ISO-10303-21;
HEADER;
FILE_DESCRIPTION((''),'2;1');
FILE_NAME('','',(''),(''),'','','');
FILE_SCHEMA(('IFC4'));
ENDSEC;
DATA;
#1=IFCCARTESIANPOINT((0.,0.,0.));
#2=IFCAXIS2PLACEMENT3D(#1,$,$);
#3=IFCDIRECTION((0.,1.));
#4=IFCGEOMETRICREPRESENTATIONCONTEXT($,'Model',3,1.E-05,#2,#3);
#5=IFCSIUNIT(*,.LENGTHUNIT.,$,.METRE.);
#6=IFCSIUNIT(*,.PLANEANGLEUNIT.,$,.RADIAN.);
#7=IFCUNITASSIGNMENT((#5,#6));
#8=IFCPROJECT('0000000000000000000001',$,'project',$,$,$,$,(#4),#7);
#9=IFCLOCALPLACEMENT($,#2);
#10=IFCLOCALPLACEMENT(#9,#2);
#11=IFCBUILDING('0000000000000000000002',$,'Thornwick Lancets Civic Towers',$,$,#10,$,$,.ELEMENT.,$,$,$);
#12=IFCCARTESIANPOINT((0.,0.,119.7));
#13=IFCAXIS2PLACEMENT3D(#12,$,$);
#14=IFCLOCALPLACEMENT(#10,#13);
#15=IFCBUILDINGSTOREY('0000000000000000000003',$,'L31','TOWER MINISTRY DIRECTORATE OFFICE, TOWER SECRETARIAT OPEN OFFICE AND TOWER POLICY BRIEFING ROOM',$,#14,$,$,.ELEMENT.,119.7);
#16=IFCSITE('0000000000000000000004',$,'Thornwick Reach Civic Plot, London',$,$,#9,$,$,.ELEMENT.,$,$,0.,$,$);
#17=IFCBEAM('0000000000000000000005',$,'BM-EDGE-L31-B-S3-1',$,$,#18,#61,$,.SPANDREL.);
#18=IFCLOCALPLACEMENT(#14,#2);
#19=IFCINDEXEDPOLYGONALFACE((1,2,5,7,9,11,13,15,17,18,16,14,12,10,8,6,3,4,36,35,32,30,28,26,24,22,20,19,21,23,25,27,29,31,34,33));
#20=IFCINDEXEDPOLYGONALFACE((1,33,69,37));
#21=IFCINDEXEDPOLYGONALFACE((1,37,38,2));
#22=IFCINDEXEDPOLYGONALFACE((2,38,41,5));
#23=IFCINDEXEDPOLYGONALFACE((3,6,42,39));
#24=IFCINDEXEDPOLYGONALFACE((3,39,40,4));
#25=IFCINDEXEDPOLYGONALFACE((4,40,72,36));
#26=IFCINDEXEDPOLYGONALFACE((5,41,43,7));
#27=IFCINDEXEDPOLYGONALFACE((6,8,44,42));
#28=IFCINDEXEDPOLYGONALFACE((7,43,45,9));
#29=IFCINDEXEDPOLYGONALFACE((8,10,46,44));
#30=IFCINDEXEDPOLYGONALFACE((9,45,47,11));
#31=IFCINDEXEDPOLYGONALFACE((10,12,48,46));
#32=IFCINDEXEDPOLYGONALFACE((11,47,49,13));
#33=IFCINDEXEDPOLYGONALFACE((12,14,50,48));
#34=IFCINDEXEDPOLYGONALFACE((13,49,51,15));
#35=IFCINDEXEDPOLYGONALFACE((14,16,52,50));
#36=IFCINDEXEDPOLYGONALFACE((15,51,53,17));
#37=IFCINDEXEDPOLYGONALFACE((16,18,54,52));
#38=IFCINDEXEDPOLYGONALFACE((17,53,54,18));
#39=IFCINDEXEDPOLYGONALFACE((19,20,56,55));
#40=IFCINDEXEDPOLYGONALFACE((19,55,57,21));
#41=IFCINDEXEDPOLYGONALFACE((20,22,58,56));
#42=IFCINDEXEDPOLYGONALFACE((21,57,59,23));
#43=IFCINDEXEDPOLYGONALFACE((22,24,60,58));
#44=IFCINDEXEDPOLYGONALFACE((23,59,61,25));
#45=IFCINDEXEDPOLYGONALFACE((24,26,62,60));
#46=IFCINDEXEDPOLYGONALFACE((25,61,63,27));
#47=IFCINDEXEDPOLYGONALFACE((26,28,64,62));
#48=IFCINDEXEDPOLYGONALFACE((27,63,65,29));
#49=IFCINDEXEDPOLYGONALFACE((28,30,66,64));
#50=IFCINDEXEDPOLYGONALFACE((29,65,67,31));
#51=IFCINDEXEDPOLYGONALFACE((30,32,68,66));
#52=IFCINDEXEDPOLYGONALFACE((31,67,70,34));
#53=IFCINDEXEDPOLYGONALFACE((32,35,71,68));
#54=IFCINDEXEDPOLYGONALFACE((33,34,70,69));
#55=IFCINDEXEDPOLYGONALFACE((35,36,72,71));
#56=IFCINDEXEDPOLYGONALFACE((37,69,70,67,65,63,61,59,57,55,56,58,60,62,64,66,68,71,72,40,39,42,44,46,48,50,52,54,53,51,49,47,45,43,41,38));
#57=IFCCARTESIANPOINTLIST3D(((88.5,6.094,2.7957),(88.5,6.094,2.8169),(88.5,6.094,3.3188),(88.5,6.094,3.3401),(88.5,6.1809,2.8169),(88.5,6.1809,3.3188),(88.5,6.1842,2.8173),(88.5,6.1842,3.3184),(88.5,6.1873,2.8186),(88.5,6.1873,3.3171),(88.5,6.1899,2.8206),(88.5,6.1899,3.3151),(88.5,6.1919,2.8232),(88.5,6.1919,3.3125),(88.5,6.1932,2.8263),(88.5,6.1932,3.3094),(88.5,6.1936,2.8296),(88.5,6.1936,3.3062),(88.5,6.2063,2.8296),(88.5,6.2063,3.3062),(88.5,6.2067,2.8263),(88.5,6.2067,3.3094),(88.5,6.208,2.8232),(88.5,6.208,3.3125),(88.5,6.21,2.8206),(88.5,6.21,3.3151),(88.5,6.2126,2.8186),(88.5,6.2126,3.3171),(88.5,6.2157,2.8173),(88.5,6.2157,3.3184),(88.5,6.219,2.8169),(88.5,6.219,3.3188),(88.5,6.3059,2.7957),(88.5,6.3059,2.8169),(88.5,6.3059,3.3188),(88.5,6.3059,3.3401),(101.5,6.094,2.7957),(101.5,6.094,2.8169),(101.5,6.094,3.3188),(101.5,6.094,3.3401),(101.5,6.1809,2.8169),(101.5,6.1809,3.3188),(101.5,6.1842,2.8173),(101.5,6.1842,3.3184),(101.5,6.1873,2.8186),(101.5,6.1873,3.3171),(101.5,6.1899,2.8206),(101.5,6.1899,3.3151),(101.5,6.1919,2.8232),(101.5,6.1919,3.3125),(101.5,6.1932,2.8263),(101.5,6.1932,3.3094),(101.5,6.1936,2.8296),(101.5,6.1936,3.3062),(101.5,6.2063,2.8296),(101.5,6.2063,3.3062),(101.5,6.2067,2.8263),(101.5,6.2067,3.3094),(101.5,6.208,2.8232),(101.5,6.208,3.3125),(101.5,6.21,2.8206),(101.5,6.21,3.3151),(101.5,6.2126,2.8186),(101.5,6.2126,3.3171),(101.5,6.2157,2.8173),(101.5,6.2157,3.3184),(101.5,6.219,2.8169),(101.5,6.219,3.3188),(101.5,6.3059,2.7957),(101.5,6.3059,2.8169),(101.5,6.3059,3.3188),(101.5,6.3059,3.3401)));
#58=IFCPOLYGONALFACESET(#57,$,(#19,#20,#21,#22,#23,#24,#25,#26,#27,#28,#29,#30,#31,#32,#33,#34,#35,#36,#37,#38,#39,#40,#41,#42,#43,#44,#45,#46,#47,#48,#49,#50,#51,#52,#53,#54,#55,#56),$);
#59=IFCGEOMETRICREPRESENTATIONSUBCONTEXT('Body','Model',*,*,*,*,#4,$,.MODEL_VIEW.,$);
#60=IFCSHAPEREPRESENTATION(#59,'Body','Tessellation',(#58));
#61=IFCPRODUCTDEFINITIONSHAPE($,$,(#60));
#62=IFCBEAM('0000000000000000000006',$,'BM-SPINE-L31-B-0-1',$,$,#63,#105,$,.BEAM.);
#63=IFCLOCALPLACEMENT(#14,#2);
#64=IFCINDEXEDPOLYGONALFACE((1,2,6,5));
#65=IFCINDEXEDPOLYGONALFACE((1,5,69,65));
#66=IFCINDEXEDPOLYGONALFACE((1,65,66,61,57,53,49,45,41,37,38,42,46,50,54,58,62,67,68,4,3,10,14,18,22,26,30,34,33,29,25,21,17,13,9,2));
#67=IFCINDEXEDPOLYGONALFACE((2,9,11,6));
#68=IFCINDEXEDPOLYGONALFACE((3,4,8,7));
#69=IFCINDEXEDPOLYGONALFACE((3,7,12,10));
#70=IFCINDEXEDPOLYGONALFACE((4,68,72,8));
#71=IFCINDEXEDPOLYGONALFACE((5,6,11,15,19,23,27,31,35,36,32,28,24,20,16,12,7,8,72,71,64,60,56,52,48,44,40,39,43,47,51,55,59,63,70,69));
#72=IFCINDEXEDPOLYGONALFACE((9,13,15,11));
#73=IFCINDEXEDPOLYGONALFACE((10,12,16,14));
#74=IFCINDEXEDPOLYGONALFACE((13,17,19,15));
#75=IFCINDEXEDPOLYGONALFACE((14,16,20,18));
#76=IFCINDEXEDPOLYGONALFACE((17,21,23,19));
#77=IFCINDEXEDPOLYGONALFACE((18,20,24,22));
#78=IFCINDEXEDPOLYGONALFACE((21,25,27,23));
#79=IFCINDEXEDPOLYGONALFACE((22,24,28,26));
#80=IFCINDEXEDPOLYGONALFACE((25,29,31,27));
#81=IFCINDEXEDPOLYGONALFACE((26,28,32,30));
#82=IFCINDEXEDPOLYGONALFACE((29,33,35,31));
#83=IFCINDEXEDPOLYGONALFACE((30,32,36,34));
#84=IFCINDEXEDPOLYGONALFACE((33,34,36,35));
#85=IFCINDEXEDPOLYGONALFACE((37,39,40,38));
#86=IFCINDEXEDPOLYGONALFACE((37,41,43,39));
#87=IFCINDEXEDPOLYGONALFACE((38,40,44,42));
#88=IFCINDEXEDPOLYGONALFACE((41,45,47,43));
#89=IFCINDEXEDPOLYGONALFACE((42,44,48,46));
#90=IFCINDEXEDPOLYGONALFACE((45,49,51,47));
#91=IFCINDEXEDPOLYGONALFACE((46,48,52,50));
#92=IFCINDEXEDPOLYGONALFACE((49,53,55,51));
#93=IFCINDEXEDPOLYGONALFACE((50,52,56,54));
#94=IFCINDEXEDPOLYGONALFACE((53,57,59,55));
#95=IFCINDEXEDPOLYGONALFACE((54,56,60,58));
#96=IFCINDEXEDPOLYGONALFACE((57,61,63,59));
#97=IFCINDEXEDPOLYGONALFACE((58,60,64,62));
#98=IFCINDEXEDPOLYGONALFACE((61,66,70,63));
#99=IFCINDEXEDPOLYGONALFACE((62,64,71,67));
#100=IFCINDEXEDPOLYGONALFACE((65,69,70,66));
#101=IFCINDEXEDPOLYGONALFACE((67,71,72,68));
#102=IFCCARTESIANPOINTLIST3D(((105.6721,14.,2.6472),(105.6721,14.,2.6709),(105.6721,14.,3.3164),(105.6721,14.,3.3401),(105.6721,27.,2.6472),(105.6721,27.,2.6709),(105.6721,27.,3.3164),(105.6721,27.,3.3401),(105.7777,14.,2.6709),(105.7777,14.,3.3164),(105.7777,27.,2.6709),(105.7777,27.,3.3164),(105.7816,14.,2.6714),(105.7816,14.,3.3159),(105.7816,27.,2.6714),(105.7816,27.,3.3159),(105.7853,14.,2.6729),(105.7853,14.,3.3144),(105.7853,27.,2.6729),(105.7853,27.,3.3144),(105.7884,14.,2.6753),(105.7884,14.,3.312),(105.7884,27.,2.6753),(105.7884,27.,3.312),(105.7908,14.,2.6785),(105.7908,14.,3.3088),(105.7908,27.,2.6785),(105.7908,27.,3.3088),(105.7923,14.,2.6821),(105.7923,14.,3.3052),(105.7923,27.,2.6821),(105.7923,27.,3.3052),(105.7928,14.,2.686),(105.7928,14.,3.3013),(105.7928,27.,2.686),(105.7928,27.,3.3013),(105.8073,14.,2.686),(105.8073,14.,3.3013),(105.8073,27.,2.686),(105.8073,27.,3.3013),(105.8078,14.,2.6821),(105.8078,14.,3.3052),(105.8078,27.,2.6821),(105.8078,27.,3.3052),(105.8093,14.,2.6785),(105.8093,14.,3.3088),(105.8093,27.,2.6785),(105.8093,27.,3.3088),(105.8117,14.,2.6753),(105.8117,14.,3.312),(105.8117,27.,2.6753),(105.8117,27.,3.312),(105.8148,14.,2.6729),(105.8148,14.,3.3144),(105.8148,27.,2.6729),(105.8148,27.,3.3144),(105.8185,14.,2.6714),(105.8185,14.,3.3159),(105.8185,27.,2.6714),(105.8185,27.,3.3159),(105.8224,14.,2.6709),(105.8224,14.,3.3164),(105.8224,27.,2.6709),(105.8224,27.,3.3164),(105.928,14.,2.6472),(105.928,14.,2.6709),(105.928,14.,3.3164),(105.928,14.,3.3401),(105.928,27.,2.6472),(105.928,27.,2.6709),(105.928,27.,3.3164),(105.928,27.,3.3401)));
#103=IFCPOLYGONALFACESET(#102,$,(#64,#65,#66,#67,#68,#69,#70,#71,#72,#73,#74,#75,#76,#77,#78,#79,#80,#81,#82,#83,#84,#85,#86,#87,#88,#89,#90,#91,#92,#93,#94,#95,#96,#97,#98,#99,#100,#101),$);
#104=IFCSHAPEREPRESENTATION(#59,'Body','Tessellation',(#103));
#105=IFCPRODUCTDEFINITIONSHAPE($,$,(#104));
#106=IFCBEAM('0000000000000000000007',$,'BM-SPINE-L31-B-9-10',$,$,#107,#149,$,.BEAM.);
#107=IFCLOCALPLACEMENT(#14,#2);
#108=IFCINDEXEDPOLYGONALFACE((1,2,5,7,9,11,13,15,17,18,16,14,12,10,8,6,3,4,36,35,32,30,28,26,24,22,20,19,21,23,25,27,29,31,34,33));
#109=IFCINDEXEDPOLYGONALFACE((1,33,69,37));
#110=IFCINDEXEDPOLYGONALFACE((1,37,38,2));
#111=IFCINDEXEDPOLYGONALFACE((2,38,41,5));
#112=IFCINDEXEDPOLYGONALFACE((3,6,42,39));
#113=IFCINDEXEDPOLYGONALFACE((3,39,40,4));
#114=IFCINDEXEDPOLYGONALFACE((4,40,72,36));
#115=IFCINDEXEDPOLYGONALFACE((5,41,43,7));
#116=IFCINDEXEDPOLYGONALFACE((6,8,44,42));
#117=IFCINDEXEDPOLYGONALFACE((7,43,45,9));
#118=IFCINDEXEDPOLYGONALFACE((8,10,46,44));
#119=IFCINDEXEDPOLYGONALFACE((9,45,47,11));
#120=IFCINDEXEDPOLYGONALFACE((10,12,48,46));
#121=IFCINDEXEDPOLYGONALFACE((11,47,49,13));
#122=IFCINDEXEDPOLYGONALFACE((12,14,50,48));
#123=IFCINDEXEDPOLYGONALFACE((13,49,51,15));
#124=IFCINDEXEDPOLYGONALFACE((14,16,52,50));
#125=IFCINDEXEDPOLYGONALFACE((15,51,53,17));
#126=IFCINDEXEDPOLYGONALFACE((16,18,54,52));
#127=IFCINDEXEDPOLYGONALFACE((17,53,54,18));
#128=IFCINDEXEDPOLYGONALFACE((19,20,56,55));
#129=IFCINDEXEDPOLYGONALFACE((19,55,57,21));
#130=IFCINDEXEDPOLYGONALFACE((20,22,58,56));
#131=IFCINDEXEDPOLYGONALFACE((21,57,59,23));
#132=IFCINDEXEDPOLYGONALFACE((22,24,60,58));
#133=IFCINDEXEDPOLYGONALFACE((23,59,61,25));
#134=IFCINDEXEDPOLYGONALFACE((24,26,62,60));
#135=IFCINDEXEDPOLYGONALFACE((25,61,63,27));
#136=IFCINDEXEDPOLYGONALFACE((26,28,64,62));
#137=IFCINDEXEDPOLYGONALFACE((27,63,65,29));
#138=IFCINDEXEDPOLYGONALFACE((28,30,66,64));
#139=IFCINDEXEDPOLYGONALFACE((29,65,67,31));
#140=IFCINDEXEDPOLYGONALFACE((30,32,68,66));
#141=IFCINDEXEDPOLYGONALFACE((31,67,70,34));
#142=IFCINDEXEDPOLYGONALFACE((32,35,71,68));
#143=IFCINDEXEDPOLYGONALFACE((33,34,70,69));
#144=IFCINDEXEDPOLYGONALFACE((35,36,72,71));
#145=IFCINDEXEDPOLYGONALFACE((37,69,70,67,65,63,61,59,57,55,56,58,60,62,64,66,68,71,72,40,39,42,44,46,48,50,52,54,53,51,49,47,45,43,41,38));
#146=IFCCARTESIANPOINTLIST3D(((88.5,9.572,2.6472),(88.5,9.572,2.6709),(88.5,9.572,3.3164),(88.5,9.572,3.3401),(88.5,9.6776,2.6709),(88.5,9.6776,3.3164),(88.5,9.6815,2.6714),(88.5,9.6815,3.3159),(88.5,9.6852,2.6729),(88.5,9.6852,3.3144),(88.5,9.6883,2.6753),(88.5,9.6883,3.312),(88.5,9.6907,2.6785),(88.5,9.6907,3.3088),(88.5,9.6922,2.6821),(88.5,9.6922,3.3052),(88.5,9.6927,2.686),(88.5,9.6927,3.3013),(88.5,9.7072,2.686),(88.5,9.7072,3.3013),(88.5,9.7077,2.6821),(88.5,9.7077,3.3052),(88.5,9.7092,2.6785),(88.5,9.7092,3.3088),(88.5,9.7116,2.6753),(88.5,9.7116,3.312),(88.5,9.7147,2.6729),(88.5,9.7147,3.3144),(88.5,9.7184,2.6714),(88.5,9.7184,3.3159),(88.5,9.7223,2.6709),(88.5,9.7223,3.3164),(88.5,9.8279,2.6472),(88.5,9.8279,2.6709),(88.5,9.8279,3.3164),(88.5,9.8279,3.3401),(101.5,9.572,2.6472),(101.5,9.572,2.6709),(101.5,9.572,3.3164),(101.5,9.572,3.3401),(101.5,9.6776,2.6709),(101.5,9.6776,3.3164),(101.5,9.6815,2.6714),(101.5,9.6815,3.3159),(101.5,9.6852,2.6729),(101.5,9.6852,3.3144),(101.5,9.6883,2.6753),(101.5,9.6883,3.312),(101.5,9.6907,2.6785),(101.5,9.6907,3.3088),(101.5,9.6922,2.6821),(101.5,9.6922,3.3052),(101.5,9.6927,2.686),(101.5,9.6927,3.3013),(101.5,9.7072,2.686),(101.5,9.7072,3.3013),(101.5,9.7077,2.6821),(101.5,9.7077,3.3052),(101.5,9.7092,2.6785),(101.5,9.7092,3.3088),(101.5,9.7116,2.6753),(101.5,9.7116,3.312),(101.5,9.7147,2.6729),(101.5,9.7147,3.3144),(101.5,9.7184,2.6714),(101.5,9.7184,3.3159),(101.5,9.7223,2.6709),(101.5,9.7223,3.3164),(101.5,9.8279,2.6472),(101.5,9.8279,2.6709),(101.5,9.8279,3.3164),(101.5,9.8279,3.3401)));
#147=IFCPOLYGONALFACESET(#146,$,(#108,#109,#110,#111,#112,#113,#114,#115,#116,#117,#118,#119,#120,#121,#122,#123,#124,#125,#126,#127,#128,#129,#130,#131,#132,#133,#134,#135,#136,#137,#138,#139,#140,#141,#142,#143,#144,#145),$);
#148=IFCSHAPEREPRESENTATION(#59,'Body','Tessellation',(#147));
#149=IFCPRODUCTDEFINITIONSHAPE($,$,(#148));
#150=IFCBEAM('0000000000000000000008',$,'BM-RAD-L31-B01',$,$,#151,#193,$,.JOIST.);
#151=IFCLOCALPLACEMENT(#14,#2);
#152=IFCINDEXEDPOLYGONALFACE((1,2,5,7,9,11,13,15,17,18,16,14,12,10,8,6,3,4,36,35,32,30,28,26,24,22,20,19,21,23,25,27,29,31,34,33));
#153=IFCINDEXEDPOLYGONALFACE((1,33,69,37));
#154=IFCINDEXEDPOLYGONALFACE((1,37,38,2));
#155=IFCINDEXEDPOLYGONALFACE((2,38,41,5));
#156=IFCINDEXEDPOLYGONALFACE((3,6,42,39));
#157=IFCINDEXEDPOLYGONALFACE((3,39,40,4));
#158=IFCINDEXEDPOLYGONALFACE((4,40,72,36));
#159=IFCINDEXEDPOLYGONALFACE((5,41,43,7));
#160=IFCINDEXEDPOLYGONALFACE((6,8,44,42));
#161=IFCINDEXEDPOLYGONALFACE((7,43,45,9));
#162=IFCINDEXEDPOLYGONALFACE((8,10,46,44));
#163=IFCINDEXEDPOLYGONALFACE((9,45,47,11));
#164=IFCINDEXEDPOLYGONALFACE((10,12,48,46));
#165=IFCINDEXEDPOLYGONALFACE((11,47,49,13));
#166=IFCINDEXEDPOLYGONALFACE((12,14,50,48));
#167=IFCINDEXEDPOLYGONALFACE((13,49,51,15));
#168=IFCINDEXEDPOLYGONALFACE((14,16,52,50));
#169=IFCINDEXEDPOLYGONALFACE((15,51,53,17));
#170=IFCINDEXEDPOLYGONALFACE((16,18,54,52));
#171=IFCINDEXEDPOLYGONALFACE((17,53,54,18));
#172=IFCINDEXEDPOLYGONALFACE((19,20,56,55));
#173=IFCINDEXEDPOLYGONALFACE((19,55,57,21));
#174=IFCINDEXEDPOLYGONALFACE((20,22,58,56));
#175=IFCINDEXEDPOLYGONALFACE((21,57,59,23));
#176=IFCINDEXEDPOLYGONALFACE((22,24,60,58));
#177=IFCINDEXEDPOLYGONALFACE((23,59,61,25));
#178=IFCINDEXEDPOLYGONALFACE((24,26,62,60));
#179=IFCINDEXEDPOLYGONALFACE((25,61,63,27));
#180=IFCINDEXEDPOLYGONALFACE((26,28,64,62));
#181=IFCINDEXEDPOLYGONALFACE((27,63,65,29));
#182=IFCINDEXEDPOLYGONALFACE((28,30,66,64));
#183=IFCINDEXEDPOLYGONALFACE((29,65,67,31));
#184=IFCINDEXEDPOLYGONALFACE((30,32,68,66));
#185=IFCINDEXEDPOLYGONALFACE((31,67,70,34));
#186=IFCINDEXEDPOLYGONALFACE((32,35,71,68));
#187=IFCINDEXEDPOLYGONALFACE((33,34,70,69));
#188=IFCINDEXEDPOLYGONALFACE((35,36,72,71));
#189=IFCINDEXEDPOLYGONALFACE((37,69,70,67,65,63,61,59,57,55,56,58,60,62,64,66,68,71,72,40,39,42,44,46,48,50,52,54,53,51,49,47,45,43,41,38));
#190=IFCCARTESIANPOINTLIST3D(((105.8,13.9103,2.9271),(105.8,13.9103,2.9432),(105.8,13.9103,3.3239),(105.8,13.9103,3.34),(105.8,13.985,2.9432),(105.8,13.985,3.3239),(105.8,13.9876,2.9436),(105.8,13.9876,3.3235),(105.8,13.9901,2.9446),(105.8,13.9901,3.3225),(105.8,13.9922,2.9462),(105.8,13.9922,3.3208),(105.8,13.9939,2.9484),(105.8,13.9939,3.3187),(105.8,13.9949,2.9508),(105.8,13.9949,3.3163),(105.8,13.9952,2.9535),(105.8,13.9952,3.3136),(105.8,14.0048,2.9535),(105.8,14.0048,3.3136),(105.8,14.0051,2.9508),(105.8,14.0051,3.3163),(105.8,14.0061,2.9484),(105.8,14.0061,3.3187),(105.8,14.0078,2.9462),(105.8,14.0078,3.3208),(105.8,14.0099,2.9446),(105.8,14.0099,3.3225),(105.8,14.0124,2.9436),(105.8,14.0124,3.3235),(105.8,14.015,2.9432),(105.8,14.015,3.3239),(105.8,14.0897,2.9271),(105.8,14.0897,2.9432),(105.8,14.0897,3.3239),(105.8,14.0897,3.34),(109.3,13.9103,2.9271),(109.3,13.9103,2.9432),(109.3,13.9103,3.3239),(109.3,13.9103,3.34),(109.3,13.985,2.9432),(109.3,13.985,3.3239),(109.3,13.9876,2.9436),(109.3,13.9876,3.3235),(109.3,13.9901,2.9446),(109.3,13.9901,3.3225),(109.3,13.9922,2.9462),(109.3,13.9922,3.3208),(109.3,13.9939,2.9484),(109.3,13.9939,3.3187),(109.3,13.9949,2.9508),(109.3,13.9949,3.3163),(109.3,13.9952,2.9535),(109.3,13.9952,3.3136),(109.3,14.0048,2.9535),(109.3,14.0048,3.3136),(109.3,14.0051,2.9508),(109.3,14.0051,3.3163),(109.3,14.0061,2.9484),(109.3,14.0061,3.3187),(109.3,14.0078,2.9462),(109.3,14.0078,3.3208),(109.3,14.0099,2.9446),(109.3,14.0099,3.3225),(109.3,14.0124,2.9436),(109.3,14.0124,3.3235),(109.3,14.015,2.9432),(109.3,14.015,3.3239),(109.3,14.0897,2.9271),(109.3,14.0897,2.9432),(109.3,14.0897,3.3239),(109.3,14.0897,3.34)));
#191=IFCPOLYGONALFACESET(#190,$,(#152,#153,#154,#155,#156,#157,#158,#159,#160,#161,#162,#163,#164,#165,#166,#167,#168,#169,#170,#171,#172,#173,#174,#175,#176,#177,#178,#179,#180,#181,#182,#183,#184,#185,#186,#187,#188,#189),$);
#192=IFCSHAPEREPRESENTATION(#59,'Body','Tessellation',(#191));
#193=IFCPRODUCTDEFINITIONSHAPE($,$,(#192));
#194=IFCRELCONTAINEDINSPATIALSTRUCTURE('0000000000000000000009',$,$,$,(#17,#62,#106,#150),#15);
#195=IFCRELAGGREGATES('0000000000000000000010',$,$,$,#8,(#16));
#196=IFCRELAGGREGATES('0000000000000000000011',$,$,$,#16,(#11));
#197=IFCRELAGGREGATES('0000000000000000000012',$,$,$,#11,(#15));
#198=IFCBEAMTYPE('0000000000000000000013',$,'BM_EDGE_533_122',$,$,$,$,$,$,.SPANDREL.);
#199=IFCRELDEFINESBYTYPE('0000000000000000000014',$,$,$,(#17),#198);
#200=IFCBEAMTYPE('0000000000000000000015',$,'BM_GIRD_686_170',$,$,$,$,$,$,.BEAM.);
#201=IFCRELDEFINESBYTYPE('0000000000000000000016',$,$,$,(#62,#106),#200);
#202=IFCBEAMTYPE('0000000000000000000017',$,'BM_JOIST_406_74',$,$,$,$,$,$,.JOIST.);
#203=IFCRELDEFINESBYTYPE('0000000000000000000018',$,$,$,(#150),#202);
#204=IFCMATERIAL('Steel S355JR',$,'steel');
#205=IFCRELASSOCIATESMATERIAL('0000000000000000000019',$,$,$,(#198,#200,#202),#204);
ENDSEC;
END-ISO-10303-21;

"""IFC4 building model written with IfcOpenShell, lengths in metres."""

from ifc_helpers import new_model, si_unit, direction, frame, origin, origin_2d, place, context, subcontext, project, spatial, i_section, extrude, material, material_profile, profile_set, type_object, element, save


model = new_model("IFC4")

# Units and contexts
model_context = context("Model", 3, precision=1e-05, world=origin(), true_north=direction((0.0, 1.0)))
body_context = subcontext(model_context, "Body", "Model", "MODEL_VIEW")
ifc_project = project(units=[si_unit("LENGTHUNIT", "METRE"), si_unit("PLANEANGLEUNIT", "RADIAN")], contexts=[model_context])

# Site, building, storey
site_placement = place(None, origin())
site = spatial("IfcSite", under=ifc_project, at=site_placement, Name="Thornwick Reach Civic Plot, London", CompositionType="ELEMENT", RefElevation=0.0)
building_placement = place(site_placement, origin())
building = spatial("IfcBuilding", under=site, at=building_placement, Name="Thornwick Lancets Civic Towers", CompositionType="ELEMENT")
storey_placement = place(building_placement, frame((0.0, 0.0, 119.7)))
storey = spatial("IfcBuildingStorey", under=building, at=storey_placement, Name="L31", Description="TOWER MINISTRY DIRECTORATE OFFICE, TOWER SECRETARIAT OPEN OFFICE AND TOWER POLICY BRIEFING ROOM", CompositionType="ELEMENT", Elevation=119.7)

# Beams
ifc_material_1 = material(Name="Steel S355JR", Category="steel")
ifc_material_profile_1 = material_profile(ifc_material_1, i_section(OverallWidth=0.2119, OverallDepth=0.5444, WebThickness=0.0127, FlangeThickness=0.0212, FilletRadius=0.0127, at=origin_2d()), Name="UKB 533x210x122")
ifc_profile_set_1 = profile_set([ifc_material_profile_1], Name="Steel S355JR")
beam_type_1 = type_object("IfcBeamType", Name="BM_EDGE_533_122", PredefinedType="SPANDREL", material=ifc_profile_set_1)
for number, where, z_axis, x_axis, name in (
    (1, (101.5, 6.2, 3.0679), (-1.0, 0.0, 0.0), (0.0, -1.0, 0.0), "BM-EDGE-L31-B-S3-1"),
):
    element("IfcBeam", number, at=place(storey_placement, frame(where, z_axis=z_axis, x_axis=x_axis)), inside=storey, type_object=beam_type_1, Name=name, PredefinedType="SPANDREL", context=body_context, shape_type="SweptSolid", body=[
        extrude(i_section(OverallWidth=0.2119, OverallDepth=0.5444, WebThickness=0.0127, FlangeThickness=0.0212, FilletRadius=0.0127, at=origin_2d()), origin(), (0.0, 0.0, 1.0), 13.0),
    ])
ifc_material_profile_2 = material_profile(ifc_material_1, i_section(OverallWidth=0.2559, OverallDepth=0.6929, WebThickness=0.0144, FlangeThickness=0.0237, FilletRadius=0.0151, at=origin_2d()), Name="UKB 686x254x170")
ifc_profile_set_2 = profile_set([ifc_material_profile_2], Name="Steel S355JR")
beam_type_2 = type_object("IfcBeamType", Name="BM_GIRD_686_170", PredefinedType="BEAM", material=ifc_profile_set_2)
for number, where, z_axis, x_axis, name in (
    (2, (105.8, 14.0, 2.9937), (0.0, 1.0, 0.0), (-1.0, 0.0, 0.0), "BM-SPINE-L31-B-0-1"),
    (3, (101.5, 9.7, 2.9937), (-1.0, 0.0, 0.0), (0.0, -1.0, 0.0), "BM-SPINE-L31-B-9-10"),
):
    element("IfcBeam", number, at=place(storey_placement, frame(where, z_axis=z_axis, x_axis=x_axis)), inside=storey, type_object=beam_type_2, Name=name, PredefinedType="BEAM", context=body_context, shape_type="SweptSolid", body=[
        extrude(i_section(OverallWidth=0.2559, OverallDepth=0.6929, WebThickness=0.0144, FlangeThickness=0.0237, FilletRadius=0.0151, at=origin_2d()), origin(), (0.0, 0.0, 1.0), 13.0),
    ])
ifc_material_profile_3 = material_profile(ifc_material_1, i_section(OverallWidth=0.1794, OverallDepth=0.4128, WebThickness=0.0095, FlangeThickness=0.0161, FilletRadius=0.0103, at=origin_2d()), Name="UKB 406x178x74")
ifc_profile_set_3 = profile_set([ifc_material_profile_3], Name="Steel S355JR")
beam_type_3 = type_object("IfcBeamType", Name="BM_JOIST_406_74", PredefinedType="JOIST", material=ifc_profile_set_3)
for number, where, z_axis, x_axis, name in (
    (4, (105.8, 14.0, 3.1335), (1.0, 0.0, 0.0), (0.0, 1.0, 0.0), "BM-RAD-L31-B01"),
):
    element("IfcBeam", number, at=place(storey_placement, frame(where, z_axis=z_axis, x_axis=x_axis)), inside=storey, type_object=beam_type_3, Name=name, PredefinedType="JOIST", context=body_context, shape_type="SweptSolid", body=[
        extrude(i_section(OverallWidth=0.1794, OverallDepth=0.4128, WebThickness=0.0095, FlangeThickness=0.0161, FilletRadius=0.0103, at=origin_2d()), origin(), (0.0, 0.0, 1.0), 3.5),
    ])

save(model, "model.ifc")
